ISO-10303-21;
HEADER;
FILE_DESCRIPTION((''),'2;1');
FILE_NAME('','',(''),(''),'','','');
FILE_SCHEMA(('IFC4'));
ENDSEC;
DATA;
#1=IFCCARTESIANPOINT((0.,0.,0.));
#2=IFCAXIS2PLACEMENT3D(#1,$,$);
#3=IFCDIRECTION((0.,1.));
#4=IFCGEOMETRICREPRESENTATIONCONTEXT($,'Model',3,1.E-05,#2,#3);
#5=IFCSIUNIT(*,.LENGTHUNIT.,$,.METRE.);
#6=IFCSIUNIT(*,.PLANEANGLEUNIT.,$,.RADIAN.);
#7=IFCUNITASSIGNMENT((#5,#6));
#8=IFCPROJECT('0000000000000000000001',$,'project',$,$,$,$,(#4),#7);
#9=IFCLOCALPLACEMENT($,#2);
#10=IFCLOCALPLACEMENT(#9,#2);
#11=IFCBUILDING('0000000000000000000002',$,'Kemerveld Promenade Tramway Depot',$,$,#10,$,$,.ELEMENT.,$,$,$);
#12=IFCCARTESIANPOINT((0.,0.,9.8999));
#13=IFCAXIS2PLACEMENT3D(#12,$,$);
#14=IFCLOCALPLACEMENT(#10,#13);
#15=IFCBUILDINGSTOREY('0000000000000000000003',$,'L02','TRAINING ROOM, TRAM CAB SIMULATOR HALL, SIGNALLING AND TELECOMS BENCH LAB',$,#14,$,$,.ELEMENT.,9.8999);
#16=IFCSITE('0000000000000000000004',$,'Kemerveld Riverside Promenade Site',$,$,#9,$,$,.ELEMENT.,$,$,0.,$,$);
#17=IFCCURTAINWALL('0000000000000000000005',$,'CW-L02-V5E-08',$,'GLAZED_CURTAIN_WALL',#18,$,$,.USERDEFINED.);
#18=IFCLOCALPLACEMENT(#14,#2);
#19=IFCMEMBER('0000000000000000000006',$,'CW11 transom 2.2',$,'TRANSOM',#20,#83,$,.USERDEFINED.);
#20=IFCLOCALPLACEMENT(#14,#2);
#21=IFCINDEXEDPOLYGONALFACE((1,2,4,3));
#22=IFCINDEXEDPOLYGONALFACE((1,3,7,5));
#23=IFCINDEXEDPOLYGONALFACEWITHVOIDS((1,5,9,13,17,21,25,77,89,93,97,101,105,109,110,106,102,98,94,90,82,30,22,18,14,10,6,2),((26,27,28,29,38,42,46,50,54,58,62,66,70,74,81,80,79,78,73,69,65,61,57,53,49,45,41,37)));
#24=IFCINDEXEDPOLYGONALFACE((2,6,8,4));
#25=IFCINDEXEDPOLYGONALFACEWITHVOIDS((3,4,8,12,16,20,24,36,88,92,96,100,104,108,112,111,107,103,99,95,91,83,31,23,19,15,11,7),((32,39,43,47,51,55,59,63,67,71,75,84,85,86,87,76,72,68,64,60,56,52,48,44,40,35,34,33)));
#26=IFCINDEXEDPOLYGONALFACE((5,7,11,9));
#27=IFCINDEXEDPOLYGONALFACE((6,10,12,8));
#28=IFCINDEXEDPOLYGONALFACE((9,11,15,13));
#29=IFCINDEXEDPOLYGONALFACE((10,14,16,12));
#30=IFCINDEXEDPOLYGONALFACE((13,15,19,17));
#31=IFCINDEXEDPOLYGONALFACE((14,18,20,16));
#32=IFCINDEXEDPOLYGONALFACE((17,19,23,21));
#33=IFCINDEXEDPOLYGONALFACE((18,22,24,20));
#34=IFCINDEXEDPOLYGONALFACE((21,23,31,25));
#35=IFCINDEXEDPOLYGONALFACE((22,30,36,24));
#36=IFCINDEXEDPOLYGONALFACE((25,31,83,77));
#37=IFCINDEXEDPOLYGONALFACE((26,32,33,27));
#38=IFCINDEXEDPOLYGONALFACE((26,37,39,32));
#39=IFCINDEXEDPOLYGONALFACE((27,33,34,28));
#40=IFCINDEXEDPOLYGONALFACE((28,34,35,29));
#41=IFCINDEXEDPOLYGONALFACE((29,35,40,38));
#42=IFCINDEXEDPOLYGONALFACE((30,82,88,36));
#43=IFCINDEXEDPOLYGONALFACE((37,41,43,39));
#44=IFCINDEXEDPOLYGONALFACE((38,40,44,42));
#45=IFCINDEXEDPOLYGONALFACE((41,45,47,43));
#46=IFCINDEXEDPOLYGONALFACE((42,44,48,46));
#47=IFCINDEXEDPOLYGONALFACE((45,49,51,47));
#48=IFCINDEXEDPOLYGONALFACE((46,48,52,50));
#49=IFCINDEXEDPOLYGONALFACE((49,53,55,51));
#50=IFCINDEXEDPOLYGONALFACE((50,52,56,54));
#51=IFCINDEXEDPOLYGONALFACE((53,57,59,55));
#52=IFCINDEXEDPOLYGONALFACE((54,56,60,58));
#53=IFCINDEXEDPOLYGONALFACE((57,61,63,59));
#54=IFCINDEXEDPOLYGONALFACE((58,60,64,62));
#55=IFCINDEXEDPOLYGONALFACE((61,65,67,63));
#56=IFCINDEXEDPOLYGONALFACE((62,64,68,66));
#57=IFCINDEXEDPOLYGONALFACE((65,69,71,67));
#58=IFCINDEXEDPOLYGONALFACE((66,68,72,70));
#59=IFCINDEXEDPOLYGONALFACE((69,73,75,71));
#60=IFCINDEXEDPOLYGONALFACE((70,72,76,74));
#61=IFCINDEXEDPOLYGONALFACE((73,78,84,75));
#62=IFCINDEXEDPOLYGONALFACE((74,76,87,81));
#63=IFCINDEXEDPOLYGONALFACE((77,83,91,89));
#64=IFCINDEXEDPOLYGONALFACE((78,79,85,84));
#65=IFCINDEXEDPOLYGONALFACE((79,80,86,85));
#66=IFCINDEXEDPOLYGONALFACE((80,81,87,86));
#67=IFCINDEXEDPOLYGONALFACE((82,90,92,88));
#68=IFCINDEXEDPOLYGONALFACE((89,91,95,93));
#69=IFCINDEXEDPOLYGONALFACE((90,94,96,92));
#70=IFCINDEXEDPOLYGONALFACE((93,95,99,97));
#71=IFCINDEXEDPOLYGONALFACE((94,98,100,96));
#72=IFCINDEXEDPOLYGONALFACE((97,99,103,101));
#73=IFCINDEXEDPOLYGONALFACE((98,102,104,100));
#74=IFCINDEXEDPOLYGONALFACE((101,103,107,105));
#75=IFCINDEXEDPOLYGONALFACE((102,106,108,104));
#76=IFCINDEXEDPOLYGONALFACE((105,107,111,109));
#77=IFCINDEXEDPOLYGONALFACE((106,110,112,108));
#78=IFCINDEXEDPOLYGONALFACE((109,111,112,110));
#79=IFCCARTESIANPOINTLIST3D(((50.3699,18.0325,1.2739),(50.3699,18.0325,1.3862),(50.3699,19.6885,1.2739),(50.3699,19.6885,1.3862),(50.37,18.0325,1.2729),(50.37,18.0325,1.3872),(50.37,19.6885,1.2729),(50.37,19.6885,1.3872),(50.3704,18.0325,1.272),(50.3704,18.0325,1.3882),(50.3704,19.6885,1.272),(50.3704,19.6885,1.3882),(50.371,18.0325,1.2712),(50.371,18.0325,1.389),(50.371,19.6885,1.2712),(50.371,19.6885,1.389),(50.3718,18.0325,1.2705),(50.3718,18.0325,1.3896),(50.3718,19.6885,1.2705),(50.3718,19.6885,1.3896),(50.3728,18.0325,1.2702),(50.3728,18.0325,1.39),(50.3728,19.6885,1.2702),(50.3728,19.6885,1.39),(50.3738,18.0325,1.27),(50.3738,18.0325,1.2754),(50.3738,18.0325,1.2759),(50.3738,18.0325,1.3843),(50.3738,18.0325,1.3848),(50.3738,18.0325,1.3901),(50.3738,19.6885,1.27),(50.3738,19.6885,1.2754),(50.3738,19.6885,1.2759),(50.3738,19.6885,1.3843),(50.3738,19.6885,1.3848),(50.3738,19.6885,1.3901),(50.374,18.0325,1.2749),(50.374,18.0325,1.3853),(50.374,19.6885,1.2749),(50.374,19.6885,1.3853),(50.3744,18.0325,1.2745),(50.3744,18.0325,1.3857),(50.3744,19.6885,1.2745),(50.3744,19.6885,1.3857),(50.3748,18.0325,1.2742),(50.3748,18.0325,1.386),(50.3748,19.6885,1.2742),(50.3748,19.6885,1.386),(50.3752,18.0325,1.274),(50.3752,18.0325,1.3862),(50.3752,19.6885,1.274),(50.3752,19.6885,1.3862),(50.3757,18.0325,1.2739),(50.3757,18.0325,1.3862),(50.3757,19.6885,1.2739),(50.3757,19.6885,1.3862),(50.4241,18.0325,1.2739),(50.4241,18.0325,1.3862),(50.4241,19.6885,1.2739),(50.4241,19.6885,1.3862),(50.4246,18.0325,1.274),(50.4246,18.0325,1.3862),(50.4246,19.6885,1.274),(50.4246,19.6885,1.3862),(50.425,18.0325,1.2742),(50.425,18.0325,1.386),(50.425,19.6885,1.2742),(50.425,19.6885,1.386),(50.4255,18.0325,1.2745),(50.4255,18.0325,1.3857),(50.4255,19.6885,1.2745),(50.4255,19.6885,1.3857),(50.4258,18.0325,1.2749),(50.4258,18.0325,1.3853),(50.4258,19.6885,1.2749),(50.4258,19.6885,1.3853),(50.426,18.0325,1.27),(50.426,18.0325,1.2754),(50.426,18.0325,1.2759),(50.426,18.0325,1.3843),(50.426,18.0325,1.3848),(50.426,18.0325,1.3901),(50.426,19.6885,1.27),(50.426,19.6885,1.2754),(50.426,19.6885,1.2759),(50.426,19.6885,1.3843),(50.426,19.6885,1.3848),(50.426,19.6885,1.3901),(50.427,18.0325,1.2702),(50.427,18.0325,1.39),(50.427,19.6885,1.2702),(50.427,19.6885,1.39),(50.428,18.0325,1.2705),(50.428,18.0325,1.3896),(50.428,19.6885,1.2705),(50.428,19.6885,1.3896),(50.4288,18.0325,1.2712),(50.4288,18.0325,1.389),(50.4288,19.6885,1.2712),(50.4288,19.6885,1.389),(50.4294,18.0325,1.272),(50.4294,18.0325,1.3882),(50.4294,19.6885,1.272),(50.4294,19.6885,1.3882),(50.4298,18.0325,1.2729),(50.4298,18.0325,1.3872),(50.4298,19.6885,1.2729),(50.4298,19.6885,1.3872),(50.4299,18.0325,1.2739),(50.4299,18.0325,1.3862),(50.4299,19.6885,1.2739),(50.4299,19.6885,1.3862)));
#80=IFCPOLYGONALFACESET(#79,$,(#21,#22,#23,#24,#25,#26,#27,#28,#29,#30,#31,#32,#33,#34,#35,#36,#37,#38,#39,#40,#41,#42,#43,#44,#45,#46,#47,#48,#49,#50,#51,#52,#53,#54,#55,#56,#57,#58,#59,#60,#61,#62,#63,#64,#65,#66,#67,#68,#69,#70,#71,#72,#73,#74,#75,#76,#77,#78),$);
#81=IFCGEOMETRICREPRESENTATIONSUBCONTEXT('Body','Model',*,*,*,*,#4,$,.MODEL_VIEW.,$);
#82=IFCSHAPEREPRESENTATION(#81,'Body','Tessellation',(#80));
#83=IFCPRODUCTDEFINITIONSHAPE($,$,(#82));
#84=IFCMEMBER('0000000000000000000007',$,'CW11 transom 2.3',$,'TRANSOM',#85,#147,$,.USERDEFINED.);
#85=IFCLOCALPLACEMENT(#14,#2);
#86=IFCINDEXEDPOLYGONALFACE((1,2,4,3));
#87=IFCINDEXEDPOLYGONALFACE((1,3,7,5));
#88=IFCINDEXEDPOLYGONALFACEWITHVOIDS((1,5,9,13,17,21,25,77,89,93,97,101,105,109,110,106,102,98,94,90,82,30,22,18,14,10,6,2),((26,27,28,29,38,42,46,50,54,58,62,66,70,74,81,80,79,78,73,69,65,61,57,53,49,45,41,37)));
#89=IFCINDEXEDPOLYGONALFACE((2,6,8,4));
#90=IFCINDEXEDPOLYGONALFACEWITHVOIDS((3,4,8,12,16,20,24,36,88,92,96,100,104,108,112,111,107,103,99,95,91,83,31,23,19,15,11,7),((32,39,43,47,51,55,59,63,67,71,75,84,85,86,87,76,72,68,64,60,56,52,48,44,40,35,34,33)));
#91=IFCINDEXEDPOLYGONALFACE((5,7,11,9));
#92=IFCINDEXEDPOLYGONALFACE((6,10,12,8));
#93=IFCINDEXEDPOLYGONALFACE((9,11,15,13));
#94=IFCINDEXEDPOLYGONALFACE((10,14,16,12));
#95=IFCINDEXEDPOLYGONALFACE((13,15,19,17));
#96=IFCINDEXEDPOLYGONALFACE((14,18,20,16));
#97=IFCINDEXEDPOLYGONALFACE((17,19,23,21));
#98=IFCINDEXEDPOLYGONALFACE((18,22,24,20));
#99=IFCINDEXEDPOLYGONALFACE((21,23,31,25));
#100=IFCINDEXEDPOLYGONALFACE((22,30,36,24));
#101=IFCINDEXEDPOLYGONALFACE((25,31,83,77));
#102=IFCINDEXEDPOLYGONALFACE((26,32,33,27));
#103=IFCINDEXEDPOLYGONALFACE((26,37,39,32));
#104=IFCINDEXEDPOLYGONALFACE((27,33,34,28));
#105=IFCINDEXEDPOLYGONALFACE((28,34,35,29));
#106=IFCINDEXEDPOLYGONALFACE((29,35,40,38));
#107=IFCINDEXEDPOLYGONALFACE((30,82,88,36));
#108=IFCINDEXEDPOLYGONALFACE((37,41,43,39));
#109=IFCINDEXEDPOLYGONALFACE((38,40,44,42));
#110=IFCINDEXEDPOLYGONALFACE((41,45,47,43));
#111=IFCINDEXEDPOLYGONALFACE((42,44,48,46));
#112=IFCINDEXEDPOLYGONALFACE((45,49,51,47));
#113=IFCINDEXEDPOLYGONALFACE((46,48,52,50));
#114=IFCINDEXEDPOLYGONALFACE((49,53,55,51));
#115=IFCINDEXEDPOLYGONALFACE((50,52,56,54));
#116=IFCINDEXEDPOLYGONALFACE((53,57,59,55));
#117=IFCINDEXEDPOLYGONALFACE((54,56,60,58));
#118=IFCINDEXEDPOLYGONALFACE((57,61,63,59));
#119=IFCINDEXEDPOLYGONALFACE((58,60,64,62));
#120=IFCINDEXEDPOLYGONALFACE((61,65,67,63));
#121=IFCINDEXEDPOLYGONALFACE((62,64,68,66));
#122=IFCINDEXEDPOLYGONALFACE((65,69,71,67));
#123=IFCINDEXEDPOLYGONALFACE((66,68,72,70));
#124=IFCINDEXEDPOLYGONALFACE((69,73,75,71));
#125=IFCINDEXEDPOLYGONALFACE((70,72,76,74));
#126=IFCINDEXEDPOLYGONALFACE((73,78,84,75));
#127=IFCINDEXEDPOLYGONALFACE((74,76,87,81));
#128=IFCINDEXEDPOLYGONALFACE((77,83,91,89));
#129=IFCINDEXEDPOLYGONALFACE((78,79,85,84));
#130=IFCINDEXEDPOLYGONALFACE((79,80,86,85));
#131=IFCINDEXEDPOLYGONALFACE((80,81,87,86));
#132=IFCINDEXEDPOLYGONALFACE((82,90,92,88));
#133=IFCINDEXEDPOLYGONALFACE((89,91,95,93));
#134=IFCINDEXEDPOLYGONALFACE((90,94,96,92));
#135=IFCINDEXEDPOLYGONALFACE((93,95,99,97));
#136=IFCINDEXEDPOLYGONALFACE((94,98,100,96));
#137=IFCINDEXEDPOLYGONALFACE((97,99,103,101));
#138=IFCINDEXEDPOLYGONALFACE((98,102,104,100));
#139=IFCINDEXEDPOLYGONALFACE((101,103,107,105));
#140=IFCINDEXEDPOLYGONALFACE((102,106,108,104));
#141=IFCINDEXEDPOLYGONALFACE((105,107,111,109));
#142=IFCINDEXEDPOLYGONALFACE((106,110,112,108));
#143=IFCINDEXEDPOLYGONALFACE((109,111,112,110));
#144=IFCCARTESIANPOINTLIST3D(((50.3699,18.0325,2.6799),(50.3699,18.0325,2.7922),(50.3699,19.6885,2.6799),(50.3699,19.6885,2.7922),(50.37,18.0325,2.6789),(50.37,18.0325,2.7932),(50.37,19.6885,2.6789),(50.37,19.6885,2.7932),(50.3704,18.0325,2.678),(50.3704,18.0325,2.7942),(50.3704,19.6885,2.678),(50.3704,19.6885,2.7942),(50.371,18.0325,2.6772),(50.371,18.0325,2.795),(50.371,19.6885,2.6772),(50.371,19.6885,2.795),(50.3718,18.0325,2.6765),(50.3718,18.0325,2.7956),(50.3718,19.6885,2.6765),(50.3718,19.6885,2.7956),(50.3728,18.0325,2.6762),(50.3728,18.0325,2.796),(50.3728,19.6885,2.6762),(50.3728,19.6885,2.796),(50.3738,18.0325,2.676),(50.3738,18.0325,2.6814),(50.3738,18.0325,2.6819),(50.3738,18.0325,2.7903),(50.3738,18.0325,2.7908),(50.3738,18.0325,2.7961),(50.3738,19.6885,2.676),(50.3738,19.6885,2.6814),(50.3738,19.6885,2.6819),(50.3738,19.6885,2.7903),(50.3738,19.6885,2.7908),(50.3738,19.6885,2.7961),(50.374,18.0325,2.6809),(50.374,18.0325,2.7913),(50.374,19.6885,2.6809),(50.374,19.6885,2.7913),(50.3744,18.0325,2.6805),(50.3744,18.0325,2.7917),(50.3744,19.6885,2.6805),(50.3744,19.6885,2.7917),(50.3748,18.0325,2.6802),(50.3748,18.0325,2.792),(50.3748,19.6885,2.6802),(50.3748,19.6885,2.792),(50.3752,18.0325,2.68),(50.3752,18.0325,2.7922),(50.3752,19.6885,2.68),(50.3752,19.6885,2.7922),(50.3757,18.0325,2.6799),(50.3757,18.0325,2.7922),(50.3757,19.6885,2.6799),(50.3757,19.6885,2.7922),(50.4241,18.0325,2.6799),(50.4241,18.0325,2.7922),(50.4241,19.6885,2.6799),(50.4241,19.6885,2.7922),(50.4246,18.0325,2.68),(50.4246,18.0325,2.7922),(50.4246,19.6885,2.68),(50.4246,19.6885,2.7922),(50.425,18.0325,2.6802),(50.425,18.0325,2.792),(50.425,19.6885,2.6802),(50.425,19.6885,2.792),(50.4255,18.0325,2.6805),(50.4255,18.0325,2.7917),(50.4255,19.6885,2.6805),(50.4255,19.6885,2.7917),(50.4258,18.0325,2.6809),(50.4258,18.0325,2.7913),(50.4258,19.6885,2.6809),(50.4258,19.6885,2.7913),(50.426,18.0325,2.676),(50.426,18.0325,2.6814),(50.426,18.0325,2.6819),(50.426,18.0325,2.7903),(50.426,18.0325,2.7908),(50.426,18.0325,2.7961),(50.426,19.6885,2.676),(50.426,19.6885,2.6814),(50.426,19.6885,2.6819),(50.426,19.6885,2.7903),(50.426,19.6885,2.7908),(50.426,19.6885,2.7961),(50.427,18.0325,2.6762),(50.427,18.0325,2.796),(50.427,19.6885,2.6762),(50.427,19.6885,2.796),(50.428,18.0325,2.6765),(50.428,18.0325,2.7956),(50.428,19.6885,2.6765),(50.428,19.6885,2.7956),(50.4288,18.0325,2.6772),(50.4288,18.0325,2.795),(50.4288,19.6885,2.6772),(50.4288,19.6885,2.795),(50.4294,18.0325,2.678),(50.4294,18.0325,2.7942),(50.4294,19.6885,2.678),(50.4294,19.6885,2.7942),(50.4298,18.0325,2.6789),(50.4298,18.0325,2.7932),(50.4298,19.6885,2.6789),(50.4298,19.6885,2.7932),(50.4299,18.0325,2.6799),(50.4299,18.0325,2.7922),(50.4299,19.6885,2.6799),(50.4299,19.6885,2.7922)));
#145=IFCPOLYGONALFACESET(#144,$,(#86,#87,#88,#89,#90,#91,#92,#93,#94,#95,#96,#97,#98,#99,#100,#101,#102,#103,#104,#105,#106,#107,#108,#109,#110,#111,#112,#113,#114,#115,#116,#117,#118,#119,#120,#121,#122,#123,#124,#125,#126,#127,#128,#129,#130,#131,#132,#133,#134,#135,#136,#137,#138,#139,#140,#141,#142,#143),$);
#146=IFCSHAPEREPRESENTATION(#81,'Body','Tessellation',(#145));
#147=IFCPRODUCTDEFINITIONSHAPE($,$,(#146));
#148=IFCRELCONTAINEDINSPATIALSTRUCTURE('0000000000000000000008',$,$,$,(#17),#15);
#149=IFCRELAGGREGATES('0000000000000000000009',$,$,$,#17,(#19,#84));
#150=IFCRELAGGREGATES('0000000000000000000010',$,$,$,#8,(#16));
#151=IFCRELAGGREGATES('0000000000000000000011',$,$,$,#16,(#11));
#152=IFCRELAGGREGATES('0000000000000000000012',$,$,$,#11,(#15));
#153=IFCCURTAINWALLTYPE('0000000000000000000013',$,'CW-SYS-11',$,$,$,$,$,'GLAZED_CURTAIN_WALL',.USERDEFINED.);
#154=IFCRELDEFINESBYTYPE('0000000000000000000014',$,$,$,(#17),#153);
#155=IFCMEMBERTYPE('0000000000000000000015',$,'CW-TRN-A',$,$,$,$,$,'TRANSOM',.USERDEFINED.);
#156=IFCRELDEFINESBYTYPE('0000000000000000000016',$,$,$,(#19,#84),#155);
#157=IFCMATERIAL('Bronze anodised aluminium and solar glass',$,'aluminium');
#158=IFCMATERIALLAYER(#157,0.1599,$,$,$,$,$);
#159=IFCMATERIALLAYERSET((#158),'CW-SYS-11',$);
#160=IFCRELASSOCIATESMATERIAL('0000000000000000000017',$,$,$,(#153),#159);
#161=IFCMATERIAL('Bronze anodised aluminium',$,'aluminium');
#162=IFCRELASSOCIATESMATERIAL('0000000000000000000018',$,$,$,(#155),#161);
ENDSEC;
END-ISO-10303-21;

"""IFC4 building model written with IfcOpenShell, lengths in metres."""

from ifc_helpers import new_model, si_unit, direction, frame, origin, origin_2d, place, context, subcontext, project, spatial, hollow_rectangle, extrude, material, layer, layer_set, material_profile, profile_set, type_object, element, aggregate, save


model = new_model("IFC4")

# Units and contexts
model_context = context("Model", 3, precision=1e-05, world=origin(), true_north=direction((0.0, 1.0)))
body_context = subcontext(model_context, "Body", "Model", "MODEL_VIEW")
ifc_project = project(units=[si_unit("LENGTHUNIT", "METRE"), si_unit("PLANEANGLEUNIT", "RADIAN")], contexts=[model_context])

# Site, building, storey
site_placement = place(None, origin())
site = spatial("IfcSite", under=ifc_project, at=site_placement, Name="Kemerveld Riverside Promenade Site", CompositionType="ELEMENT", RefElevation=0.0)
building_placement = place(site_placement, origin())
building = spatial("IfcBuilding", under=site, at=building_placement, Name="Kemerveld Promenade Tramway Depot", CompositionType="ELEMENT")
storey_placement = place(building_placement, frame((0.0, 0.0, 9.8999)))
storey = spatial("IfcBuildingStorey", under=building, at=storey_placement, Name="L02", Description="TRAINING ROOM, TRAM CAB SIMULATOR HALL, SIGNALLING AND TELECOMS BENCH LAB", CompositionType="ELEMENT", Elevation=9.8999)

# Curtain wall
ifc_material_1 = material(Name="Bronze anodised aluminium and solar glass", Category="aluminium")
ifc_layer_1 = layer(ifc_material_1, 0.1599)
ifc_layer_set_1 = layer_set([ifc_layer_1], Name="CW-SYS-11")
curtain_wall_type_1 = type_object("IfcCurtainWallType", Name="CW-SYS-11", ElementType="GLAZED_CURTAIN_WALL", PredefinedType="USERDEFINED", material=ifc_layer_set_1)
curtain_wall_1_placement = place(storey_placement, origin())
curtain_wall_1 = element("IfcCurtainWall", 1, at=curtain_wall_1_placement, inside=storey, type_object=curtain_wall_type_1, Name="CW-L02-V5E-08", ObjectType="GLAZED_CURTAIN_WALL", PredefinedType="USERDEFINED")
ifc_material_2 = material(Name="Bronze anodised aluminium", Category="aluminium")

# Members
ifc_material_profile_1 = material_profile(ifc_material_2, hollow_rectangle(XDim=0.0601, YDim=0.1201, WallThickness=0.0039, InnerFilletRadius=0.002, OuterFilletRadius=0.0039, at=origin_2d()), Name="CW-TRN-120x60")
ifc_profile_set_1 = profile_set([ifc_material_profile_1], Name="Bronze anodised aluminium")
member_type_1 = type_object("IfcMemberType", Name="CW-TRN-A", ElementType="TRANSOM", PredefinedType="USERDEFINED", material=ifc_profile_set_1)
member_1_placement = place(storey_placement, frame((50.3999, 19.6885, 1.3301), z_axis=(0.0, -1.0, 0.0), x_axis=(1.0, 0.0, 0.0)))
member_1 = element("IfcMember", 2, at=member_1_placement, type_object=member_type_1, Name="CW11 transom 2.2", ObjectType="TRANSOM", PredefinedType="USERDEFINED", context=body_context, shape_type="SweptSolid", body=[
    extrude(hollow_rectangle(XDim=0.0601, YDim=0.1201, WallThickness=0.0039, InnerFilletRadius=0.002, OuterFilletRadius=0.0039, at=origin_2d()), origin(), (0.0, 0.0, 1.0), 1.656),
])
member_2_placement = place(storey_placement, frame((50.3999, 19.6885, 2.7361), z_axis=(0.0, -1.0, 0.0), x_axis=(1.0, 0.0, 0.0)))
member_2 = element("IfcMember", 3, at=member_2_placement, type_object=member_type_1, Name="CW11 transom 2.3", ObjectType="TRANSOM", PredefinedType="USERDEFINED", context=body_context, shape_type="SweptSolid", body=[
    extrude(hollow_rectangle(XDim=0.0601, YDim=0.1201, WallThickness=0.0039, InnerFilletRadius=0.002, OuterFilletRadius=0.0039, at=origin_2d()), origin(), (0.0, 0.0, 1.0), 1.656),
])

aggregate(curtain_wall_1, [member_1, member_2])

save(model, "model.ifc")
